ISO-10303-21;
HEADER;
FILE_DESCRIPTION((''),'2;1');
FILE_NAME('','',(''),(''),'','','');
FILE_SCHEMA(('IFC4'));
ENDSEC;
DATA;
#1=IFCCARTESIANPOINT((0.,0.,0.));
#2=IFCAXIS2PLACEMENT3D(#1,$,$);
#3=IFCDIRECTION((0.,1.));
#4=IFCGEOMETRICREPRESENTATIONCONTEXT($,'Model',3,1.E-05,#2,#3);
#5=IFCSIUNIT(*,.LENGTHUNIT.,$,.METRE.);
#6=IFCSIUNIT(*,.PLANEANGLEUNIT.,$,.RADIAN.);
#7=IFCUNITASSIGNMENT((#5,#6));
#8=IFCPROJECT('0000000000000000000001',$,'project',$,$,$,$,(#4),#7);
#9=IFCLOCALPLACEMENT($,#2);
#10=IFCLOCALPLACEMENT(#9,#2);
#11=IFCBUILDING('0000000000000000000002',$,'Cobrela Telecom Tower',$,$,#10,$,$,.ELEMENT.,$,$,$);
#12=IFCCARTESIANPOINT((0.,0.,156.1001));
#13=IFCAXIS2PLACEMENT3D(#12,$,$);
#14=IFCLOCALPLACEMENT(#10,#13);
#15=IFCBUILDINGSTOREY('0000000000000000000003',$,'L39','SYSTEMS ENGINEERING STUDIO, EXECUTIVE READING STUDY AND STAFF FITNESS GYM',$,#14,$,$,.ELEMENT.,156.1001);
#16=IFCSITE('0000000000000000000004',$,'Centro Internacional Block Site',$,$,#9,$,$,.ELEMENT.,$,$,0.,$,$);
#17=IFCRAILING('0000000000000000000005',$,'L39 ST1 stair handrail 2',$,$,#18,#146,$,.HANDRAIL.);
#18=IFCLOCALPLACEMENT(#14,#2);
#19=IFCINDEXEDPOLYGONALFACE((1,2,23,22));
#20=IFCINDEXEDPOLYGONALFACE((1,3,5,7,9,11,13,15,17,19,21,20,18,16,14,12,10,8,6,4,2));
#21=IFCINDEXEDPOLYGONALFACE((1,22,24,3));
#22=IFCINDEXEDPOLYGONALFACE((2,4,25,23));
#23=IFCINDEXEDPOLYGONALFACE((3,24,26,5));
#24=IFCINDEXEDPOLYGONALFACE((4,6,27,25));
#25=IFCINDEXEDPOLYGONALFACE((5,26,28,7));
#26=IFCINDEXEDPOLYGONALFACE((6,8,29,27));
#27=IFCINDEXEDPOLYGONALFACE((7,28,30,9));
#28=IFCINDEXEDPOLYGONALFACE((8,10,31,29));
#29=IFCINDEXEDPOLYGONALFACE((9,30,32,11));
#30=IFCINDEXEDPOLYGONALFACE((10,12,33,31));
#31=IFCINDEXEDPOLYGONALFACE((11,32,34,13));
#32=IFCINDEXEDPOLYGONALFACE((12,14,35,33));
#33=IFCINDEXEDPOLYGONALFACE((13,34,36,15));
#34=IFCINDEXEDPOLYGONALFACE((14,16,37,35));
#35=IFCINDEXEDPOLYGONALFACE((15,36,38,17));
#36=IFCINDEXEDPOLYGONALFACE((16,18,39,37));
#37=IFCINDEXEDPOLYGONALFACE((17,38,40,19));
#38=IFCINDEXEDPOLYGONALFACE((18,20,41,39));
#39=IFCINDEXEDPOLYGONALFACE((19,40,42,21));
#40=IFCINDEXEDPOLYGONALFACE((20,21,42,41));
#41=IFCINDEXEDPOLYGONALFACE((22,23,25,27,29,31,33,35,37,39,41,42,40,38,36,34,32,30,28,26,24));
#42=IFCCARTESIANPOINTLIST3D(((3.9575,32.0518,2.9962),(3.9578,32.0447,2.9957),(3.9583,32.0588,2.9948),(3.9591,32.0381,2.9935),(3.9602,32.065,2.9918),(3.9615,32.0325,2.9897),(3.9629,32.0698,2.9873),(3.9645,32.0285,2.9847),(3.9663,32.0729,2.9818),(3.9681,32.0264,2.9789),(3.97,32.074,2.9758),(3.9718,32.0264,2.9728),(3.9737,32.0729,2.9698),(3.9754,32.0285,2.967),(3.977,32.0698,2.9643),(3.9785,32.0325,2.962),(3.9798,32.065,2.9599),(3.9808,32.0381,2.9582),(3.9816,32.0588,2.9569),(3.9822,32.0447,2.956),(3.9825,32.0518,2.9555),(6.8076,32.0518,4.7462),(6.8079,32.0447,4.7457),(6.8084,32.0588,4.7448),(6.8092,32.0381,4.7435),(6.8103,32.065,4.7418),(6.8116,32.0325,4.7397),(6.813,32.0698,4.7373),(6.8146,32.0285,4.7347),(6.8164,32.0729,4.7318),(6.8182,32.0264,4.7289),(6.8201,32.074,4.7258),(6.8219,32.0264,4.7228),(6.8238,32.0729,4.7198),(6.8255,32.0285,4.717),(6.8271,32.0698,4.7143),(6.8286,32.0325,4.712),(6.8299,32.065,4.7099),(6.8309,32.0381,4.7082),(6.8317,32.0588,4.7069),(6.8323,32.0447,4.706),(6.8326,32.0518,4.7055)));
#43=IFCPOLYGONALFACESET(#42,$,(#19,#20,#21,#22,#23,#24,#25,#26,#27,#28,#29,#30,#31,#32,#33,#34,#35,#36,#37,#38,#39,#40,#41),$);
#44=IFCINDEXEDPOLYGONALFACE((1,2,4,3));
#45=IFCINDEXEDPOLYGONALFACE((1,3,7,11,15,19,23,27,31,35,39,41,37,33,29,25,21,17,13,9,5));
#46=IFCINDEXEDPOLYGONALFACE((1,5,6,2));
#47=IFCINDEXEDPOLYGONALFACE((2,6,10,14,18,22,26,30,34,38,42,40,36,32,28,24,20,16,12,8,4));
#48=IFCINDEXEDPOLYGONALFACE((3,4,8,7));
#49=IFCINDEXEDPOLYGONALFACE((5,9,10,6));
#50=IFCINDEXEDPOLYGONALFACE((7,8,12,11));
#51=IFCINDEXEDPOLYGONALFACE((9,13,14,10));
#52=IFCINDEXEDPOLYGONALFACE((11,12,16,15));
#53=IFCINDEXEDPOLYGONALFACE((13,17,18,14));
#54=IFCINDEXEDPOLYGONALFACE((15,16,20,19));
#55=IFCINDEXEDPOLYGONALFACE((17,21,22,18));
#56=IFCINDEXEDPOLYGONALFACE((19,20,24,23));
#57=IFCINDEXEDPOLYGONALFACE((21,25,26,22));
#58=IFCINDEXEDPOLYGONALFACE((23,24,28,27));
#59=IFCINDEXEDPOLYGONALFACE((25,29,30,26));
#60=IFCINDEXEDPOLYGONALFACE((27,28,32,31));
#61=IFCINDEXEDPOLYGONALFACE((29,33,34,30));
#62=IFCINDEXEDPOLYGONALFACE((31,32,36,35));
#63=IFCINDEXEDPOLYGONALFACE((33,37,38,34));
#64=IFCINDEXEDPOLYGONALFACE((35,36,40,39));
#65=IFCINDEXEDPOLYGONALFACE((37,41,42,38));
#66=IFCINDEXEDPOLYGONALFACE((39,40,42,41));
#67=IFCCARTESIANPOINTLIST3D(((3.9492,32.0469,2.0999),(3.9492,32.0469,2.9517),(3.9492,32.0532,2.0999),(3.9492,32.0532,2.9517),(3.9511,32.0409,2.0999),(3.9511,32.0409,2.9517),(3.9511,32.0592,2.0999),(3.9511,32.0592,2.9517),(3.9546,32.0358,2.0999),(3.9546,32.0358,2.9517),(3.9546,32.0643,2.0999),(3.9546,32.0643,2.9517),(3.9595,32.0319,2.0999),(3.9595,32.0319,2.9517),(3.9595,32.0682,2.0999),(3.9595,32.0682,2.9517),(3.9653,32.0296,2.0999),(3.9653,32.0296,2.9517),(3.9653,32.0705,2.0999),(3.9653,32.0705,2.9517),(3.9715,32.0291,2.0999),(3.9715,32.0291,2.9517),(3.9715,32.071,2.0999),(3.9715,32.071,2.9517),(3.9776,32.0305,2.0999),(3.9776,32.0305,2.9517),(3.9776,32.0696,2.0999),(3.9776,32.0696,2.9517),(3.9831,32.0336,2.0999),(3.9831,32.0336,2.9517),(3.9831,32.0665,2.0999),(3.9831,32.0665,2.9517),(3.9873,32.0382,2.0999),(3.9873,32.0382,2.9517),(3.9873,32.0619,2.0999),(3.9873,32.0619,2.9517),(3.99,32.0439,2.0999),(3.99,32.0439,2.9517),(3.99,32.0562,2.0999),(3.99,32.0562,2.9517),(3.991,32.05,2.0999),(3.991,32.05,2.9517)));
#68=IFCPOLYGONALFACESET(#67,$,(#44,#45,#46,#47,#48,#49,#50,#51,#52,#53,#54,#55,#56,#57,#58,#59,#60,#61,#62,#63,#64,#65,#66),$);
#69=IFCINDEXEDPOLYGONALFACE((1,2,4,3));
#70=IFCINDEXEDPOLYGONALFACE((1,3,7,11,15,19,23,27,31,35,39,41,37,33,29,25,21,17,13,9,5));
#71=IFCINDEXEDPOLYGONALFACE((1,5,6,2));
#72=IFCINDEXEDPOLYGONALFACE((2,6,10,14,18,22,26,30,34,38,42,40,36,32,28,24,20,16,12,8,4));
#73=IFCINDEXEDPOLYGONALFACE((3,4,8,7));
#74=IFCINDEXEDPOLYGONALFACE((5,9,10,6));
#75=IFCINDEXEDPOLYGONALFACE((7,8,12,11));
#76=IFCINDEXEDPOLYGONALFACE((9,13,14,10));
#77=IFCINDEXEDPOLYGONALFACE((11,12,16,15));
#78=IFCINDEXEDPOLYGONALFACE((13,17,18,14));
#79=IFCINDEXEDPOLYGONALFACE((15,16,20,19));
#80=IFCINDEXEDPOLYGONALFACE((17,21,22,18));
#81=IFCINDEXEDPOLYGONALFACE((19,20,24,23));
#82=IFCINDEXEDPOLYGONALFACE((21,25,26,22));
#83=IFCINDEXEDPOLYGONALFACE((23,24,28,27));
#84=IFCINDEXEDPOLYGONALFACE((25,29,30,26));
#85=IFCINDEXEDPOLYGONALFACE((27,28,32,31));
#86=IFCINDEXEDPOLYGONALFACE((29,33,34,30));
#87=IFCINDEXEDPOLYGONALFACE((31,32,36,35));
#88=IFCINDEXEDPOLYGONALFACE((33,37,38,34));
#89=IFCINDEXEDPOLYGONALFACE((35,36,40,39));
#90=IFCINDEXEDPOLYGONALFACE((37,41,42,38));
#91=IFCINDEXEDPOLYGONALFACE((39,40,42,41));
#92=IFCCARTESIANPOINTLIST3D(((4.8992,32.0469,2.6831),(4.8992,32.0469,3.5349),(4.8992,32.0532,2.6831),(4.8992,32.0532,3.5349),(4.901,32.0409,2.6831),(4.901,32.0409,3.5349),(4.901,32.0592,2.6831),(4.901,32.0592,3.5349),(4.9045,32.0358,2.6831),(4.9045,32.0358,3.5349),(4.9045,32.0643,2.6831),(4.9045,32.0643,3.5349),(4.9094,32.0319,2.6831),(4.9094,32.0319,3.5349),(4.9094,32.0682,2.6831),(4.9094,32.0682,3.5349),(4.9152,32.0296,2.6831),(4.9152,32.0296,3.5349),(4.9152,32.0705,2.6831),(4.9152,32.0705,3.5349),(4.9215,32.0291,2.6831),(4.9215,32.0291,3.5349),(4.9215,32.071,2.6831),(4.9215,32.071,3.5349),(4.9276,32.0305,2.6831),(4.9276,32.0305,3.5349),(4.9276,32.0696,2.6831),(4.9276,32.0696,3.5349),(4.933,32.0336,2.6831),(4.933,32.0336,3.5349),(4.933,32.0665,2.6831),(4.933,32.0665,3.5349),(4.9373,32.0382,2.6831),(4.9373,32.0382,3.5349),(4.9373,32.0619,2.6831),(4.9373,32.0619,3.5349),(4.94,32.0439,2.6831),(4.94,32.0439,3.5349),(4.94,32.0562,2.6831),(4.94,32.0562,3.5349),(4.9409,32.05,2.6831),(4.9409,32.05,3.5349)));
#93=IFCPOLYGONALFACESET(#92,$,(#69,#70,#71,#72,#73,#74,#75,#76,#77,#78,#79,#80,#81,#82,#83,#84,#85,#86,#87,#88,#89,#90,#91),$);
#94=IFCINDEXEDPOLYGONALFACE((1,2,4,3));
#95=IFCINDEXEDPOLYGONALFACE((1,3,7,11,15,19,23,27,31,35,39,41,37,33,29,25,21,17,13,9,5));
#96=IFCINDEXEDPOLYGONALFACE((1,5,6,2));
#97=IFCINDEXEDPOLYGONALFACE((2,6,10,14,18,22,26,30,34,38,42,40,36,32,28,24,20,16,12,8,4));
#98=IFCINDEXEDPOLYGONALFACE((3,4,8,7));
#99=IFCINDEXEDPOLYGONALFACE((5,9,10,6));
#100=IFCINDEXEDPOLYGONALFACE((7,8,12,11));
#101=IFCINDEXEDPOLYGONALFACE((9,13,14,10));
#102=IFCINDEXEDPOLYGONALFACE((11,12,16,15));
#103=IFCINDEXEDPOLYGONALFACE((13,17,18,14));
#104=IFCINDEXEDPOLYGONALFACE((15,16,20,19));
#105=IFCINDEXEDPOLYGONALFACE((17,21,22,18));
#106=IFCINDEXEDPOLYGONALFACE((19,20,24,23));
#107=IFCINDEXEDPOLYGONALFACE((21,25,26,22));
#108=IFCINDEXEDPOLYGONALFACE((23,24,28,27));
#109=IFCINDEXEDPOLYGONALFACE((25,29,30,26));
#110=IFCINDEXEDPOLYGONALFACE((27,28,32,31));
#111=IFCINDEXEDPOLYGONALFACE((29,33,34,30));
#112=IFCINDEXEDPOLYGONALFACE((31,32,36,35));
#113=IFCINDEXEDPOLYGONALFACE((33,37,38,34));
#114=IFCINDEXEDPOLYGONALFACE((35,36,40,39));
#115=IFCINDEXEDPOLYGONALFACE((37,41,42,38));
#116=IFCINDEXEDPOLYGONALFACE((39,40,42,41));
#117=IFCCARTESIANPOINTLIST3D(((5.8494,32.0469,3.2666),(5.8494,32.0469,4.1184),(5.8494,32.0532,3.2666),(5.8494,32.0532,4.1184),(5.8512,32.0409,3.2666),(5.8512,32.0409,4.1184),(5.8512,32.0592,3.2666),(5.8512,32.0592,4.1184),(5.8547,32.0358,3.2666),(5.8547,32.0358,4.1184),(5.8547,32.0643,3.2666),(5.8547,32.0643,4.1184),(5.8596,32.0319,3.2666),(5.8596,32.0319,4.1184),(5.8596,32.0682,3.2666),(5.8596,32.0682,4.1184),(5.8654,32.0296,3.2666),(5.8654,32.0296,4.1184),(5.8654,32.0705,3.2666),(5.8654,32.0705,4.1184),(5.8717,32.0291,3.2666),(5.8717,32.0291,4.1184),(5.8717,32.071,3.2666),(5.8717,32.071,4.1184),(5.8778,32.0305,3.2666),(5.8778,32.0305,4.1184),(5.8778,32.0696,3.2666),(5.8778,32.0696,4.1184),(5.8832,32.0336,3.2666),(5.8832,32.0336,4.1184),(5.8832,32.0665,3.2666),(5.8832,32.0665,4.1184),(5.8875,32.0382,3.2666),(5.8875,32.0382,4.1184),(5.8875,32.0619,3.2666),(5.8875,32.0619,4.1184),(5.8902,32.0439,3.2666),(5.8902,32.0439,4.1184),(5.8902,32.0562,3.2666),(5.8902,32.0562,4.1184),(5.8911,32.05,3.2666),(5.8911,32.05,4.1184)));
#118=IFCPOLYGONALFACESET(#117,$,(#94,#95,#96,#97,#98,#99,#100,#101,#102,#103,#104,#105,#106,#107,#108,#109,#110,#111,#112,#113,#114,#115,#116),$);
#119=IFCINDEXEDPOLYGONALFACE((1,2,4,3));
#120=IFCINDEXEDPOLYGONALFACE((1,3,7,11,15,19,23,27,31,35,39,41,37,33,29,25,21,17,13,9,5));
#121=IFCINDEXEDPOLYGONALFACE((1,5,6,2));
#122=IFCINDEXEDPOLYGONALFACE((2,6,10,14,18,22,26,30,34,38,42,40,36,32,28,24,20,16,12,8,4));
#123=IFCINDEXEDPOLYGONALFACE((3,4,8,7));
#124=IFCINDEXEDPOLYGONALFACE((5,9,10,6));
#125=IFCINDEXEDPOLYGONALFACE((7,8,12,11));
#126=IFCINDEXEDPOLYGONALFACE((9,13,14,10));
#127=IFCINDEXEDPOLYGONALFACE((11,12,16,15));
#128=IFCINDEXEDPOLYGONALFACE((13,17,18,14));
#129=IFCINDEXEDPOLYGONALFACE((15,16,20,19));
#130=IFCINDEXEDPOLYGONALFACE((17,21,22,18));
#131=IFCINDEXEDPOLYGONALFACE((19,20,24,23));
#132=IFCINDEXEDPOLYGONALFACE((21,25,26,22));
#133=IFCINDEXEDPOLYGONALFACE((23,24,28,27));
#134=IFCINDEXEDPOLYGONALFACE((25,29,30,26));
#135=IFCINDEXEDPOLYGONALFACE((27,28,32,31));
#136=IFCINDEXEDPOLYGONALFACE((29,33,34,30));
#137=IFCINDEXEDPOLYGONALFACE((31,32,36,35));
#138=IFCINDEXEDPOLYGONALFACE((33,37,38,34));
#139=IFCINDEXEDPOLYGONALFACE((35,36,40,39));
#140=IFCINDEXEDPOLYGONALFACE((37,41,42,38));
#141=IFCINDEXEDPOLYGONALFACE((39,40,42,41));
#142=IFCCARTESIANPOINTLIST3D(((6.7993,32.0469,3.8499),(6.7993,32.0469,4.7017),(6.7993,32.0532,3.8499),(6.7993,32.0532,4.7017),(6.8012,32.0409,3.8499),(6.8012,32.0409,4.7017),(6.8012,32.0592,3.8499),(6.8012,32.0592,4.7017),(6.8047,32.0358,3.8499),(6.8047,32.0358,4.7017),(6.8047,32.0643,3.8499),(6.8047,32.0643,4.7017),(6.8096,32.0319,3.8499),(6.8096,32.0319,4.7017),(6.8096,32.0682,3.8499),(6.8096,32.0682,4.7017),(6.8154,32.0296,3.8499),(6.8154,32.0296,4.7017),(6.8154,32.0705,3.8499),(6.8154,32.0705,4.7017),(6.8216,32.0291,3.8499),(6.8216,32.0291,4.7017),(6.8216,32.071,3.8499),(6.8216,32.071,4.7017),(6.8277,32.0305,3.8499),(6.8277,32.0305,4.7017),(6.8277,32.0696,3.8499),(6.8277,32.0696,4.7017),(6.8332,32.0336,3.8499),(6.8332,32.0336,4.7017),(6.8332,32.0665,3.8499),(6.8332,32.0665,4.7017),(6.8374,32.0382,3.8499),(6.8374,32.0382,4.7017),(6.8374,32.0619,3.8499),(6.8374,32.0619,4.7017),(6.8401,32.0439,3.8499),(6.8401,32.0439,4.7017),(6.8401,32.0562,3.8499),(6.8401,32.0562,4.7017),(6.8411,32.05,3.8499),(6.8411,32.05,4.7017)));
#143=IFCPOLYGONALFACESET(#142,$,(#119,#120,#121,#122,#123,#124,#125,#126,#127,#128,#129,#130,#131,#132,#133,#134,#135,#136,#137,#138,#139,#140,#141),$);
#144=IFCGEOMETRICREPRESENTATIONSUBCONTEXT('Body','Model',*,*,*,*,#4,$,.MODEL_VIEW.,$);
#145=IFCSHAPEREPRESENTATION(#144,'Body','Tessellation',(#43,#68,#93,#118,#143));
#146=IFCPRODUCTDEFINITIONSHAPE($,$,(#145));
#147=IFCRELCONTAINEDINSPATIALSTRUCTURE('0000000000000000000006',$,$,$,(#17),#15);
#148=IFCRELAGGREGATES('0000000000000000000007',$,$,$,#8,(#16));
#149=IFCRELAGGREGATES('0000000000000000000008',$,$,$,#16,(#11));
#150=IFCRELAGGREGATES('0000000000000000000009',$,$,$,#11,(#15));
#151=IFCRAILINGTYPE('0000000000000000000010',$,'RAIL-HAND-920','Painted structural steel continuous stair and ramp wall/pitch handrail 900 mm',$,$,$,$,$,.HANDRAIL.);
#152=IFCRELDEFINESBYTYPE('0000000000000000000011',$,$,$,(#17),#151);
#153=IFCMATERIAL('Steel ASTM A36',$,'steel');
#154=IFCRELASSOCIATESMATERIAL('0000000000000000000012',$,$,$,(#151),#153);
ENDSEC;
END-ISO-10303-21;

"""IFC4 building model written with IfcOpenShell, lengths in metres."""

from ifc_helpers import new_model, si_unit, direction, frame, origin, origin_2d, place, context, subcontext, project, spatial, circle, extrude, material, type_object, element, save


model = new_model("IFC4")

# Units and contexts
model_context = context("Model", 3, precision=1e-05, world=origin(), true_north=direction((0.0, 1.0)))
body_context = subcontext(model_context, "Body", "Model", "MODEL_VIEW")
ifc_project = project(units=[si_unit("LENGTHUNIT", "METRE"), si_unit("PLANEANGLEUNIT", "RADIAN")], contexts=[model_context])

# Site, building, storey
site_placement = place(None, origin())
site = spatial("IfcSite", under=ifc_project, at=site_placement, Name="Centro Internacional Block Site", CompositionType="ELEMENT", RefElevation=0.0)
building_placement = place(site_placement, origin())
building = spatial("IfcBuilding", under=site, at=building_placement, Name="Cobrela Telecom Tower", CompositionType="ELEMENT")
storey_placement = place(building_placement, frame((0.0, 0.0, 156.1001)))
storey = spatial("IfcBuildingStorey", under=building, at=storey_placement, Name="L39", Description="SYSTEMS ENGINEERING STUDIO, EXECUTIVE READING STUDY AND STAFF FITNESS GYM", CompositionType="ELEMENT", Elevation=156.1001)

# Shared definitions
ifc_material_1 = material(Name="Steel ASTM A36", Category="steel")

# Railing
railing_type_1 = type_object("IfcRailingType", Name="RAIL-HAND-920", Description="Painted structural steel continuous stair and ramp wall/pitch handrail 900 mm", PredefinedType="HANDRAIL", material=ifc_material_1)
railing_1_placement = place(storey_placement, frame((3.97, 32.05, 2.0999)))
element("IfcRailing", 1, at=railing_1_placement, inside=storey, type_object=railing_type_1, Name="L39 ST1 stair handrail 2", PredefinedType="HANDRAIL", context=body_context, shape_type="SweptSolid", body=[
    extrude(circle(Radius=0.0239, at=origin_2d()), frame((0.0, 0.0, 0.876), z_axis=(0.852179, 0.0, 0.52325), x_axis=(0.0, 1.0, 0.0)), (0.0, 0.0, 1.0), 3.3445),
    extrude(circle(Radius=0.021, at=origin_2d()), origin(), (0.0, 0.0, 1.0), 0.8518),
    extrude(circle(Radius=0.021, at=origin_2d()), frame((0.95, 0.0, 0.5833)), (0.0, 0.0, 1.0), 0.8518),
    extrude(circle(Radius=0.021, at=origin_2d()), frame((1.9001, 0.0, 1.1667)), (0.0, 0.0, 1.0), 0.8518),
    extrude(circle(Radius=0.021, at=origin_2d()), frame((2.8501, 0.0, 1.75)), (0.0, 0.0, 1.0), 0.8518),
])

save(model, "model.ifc")
